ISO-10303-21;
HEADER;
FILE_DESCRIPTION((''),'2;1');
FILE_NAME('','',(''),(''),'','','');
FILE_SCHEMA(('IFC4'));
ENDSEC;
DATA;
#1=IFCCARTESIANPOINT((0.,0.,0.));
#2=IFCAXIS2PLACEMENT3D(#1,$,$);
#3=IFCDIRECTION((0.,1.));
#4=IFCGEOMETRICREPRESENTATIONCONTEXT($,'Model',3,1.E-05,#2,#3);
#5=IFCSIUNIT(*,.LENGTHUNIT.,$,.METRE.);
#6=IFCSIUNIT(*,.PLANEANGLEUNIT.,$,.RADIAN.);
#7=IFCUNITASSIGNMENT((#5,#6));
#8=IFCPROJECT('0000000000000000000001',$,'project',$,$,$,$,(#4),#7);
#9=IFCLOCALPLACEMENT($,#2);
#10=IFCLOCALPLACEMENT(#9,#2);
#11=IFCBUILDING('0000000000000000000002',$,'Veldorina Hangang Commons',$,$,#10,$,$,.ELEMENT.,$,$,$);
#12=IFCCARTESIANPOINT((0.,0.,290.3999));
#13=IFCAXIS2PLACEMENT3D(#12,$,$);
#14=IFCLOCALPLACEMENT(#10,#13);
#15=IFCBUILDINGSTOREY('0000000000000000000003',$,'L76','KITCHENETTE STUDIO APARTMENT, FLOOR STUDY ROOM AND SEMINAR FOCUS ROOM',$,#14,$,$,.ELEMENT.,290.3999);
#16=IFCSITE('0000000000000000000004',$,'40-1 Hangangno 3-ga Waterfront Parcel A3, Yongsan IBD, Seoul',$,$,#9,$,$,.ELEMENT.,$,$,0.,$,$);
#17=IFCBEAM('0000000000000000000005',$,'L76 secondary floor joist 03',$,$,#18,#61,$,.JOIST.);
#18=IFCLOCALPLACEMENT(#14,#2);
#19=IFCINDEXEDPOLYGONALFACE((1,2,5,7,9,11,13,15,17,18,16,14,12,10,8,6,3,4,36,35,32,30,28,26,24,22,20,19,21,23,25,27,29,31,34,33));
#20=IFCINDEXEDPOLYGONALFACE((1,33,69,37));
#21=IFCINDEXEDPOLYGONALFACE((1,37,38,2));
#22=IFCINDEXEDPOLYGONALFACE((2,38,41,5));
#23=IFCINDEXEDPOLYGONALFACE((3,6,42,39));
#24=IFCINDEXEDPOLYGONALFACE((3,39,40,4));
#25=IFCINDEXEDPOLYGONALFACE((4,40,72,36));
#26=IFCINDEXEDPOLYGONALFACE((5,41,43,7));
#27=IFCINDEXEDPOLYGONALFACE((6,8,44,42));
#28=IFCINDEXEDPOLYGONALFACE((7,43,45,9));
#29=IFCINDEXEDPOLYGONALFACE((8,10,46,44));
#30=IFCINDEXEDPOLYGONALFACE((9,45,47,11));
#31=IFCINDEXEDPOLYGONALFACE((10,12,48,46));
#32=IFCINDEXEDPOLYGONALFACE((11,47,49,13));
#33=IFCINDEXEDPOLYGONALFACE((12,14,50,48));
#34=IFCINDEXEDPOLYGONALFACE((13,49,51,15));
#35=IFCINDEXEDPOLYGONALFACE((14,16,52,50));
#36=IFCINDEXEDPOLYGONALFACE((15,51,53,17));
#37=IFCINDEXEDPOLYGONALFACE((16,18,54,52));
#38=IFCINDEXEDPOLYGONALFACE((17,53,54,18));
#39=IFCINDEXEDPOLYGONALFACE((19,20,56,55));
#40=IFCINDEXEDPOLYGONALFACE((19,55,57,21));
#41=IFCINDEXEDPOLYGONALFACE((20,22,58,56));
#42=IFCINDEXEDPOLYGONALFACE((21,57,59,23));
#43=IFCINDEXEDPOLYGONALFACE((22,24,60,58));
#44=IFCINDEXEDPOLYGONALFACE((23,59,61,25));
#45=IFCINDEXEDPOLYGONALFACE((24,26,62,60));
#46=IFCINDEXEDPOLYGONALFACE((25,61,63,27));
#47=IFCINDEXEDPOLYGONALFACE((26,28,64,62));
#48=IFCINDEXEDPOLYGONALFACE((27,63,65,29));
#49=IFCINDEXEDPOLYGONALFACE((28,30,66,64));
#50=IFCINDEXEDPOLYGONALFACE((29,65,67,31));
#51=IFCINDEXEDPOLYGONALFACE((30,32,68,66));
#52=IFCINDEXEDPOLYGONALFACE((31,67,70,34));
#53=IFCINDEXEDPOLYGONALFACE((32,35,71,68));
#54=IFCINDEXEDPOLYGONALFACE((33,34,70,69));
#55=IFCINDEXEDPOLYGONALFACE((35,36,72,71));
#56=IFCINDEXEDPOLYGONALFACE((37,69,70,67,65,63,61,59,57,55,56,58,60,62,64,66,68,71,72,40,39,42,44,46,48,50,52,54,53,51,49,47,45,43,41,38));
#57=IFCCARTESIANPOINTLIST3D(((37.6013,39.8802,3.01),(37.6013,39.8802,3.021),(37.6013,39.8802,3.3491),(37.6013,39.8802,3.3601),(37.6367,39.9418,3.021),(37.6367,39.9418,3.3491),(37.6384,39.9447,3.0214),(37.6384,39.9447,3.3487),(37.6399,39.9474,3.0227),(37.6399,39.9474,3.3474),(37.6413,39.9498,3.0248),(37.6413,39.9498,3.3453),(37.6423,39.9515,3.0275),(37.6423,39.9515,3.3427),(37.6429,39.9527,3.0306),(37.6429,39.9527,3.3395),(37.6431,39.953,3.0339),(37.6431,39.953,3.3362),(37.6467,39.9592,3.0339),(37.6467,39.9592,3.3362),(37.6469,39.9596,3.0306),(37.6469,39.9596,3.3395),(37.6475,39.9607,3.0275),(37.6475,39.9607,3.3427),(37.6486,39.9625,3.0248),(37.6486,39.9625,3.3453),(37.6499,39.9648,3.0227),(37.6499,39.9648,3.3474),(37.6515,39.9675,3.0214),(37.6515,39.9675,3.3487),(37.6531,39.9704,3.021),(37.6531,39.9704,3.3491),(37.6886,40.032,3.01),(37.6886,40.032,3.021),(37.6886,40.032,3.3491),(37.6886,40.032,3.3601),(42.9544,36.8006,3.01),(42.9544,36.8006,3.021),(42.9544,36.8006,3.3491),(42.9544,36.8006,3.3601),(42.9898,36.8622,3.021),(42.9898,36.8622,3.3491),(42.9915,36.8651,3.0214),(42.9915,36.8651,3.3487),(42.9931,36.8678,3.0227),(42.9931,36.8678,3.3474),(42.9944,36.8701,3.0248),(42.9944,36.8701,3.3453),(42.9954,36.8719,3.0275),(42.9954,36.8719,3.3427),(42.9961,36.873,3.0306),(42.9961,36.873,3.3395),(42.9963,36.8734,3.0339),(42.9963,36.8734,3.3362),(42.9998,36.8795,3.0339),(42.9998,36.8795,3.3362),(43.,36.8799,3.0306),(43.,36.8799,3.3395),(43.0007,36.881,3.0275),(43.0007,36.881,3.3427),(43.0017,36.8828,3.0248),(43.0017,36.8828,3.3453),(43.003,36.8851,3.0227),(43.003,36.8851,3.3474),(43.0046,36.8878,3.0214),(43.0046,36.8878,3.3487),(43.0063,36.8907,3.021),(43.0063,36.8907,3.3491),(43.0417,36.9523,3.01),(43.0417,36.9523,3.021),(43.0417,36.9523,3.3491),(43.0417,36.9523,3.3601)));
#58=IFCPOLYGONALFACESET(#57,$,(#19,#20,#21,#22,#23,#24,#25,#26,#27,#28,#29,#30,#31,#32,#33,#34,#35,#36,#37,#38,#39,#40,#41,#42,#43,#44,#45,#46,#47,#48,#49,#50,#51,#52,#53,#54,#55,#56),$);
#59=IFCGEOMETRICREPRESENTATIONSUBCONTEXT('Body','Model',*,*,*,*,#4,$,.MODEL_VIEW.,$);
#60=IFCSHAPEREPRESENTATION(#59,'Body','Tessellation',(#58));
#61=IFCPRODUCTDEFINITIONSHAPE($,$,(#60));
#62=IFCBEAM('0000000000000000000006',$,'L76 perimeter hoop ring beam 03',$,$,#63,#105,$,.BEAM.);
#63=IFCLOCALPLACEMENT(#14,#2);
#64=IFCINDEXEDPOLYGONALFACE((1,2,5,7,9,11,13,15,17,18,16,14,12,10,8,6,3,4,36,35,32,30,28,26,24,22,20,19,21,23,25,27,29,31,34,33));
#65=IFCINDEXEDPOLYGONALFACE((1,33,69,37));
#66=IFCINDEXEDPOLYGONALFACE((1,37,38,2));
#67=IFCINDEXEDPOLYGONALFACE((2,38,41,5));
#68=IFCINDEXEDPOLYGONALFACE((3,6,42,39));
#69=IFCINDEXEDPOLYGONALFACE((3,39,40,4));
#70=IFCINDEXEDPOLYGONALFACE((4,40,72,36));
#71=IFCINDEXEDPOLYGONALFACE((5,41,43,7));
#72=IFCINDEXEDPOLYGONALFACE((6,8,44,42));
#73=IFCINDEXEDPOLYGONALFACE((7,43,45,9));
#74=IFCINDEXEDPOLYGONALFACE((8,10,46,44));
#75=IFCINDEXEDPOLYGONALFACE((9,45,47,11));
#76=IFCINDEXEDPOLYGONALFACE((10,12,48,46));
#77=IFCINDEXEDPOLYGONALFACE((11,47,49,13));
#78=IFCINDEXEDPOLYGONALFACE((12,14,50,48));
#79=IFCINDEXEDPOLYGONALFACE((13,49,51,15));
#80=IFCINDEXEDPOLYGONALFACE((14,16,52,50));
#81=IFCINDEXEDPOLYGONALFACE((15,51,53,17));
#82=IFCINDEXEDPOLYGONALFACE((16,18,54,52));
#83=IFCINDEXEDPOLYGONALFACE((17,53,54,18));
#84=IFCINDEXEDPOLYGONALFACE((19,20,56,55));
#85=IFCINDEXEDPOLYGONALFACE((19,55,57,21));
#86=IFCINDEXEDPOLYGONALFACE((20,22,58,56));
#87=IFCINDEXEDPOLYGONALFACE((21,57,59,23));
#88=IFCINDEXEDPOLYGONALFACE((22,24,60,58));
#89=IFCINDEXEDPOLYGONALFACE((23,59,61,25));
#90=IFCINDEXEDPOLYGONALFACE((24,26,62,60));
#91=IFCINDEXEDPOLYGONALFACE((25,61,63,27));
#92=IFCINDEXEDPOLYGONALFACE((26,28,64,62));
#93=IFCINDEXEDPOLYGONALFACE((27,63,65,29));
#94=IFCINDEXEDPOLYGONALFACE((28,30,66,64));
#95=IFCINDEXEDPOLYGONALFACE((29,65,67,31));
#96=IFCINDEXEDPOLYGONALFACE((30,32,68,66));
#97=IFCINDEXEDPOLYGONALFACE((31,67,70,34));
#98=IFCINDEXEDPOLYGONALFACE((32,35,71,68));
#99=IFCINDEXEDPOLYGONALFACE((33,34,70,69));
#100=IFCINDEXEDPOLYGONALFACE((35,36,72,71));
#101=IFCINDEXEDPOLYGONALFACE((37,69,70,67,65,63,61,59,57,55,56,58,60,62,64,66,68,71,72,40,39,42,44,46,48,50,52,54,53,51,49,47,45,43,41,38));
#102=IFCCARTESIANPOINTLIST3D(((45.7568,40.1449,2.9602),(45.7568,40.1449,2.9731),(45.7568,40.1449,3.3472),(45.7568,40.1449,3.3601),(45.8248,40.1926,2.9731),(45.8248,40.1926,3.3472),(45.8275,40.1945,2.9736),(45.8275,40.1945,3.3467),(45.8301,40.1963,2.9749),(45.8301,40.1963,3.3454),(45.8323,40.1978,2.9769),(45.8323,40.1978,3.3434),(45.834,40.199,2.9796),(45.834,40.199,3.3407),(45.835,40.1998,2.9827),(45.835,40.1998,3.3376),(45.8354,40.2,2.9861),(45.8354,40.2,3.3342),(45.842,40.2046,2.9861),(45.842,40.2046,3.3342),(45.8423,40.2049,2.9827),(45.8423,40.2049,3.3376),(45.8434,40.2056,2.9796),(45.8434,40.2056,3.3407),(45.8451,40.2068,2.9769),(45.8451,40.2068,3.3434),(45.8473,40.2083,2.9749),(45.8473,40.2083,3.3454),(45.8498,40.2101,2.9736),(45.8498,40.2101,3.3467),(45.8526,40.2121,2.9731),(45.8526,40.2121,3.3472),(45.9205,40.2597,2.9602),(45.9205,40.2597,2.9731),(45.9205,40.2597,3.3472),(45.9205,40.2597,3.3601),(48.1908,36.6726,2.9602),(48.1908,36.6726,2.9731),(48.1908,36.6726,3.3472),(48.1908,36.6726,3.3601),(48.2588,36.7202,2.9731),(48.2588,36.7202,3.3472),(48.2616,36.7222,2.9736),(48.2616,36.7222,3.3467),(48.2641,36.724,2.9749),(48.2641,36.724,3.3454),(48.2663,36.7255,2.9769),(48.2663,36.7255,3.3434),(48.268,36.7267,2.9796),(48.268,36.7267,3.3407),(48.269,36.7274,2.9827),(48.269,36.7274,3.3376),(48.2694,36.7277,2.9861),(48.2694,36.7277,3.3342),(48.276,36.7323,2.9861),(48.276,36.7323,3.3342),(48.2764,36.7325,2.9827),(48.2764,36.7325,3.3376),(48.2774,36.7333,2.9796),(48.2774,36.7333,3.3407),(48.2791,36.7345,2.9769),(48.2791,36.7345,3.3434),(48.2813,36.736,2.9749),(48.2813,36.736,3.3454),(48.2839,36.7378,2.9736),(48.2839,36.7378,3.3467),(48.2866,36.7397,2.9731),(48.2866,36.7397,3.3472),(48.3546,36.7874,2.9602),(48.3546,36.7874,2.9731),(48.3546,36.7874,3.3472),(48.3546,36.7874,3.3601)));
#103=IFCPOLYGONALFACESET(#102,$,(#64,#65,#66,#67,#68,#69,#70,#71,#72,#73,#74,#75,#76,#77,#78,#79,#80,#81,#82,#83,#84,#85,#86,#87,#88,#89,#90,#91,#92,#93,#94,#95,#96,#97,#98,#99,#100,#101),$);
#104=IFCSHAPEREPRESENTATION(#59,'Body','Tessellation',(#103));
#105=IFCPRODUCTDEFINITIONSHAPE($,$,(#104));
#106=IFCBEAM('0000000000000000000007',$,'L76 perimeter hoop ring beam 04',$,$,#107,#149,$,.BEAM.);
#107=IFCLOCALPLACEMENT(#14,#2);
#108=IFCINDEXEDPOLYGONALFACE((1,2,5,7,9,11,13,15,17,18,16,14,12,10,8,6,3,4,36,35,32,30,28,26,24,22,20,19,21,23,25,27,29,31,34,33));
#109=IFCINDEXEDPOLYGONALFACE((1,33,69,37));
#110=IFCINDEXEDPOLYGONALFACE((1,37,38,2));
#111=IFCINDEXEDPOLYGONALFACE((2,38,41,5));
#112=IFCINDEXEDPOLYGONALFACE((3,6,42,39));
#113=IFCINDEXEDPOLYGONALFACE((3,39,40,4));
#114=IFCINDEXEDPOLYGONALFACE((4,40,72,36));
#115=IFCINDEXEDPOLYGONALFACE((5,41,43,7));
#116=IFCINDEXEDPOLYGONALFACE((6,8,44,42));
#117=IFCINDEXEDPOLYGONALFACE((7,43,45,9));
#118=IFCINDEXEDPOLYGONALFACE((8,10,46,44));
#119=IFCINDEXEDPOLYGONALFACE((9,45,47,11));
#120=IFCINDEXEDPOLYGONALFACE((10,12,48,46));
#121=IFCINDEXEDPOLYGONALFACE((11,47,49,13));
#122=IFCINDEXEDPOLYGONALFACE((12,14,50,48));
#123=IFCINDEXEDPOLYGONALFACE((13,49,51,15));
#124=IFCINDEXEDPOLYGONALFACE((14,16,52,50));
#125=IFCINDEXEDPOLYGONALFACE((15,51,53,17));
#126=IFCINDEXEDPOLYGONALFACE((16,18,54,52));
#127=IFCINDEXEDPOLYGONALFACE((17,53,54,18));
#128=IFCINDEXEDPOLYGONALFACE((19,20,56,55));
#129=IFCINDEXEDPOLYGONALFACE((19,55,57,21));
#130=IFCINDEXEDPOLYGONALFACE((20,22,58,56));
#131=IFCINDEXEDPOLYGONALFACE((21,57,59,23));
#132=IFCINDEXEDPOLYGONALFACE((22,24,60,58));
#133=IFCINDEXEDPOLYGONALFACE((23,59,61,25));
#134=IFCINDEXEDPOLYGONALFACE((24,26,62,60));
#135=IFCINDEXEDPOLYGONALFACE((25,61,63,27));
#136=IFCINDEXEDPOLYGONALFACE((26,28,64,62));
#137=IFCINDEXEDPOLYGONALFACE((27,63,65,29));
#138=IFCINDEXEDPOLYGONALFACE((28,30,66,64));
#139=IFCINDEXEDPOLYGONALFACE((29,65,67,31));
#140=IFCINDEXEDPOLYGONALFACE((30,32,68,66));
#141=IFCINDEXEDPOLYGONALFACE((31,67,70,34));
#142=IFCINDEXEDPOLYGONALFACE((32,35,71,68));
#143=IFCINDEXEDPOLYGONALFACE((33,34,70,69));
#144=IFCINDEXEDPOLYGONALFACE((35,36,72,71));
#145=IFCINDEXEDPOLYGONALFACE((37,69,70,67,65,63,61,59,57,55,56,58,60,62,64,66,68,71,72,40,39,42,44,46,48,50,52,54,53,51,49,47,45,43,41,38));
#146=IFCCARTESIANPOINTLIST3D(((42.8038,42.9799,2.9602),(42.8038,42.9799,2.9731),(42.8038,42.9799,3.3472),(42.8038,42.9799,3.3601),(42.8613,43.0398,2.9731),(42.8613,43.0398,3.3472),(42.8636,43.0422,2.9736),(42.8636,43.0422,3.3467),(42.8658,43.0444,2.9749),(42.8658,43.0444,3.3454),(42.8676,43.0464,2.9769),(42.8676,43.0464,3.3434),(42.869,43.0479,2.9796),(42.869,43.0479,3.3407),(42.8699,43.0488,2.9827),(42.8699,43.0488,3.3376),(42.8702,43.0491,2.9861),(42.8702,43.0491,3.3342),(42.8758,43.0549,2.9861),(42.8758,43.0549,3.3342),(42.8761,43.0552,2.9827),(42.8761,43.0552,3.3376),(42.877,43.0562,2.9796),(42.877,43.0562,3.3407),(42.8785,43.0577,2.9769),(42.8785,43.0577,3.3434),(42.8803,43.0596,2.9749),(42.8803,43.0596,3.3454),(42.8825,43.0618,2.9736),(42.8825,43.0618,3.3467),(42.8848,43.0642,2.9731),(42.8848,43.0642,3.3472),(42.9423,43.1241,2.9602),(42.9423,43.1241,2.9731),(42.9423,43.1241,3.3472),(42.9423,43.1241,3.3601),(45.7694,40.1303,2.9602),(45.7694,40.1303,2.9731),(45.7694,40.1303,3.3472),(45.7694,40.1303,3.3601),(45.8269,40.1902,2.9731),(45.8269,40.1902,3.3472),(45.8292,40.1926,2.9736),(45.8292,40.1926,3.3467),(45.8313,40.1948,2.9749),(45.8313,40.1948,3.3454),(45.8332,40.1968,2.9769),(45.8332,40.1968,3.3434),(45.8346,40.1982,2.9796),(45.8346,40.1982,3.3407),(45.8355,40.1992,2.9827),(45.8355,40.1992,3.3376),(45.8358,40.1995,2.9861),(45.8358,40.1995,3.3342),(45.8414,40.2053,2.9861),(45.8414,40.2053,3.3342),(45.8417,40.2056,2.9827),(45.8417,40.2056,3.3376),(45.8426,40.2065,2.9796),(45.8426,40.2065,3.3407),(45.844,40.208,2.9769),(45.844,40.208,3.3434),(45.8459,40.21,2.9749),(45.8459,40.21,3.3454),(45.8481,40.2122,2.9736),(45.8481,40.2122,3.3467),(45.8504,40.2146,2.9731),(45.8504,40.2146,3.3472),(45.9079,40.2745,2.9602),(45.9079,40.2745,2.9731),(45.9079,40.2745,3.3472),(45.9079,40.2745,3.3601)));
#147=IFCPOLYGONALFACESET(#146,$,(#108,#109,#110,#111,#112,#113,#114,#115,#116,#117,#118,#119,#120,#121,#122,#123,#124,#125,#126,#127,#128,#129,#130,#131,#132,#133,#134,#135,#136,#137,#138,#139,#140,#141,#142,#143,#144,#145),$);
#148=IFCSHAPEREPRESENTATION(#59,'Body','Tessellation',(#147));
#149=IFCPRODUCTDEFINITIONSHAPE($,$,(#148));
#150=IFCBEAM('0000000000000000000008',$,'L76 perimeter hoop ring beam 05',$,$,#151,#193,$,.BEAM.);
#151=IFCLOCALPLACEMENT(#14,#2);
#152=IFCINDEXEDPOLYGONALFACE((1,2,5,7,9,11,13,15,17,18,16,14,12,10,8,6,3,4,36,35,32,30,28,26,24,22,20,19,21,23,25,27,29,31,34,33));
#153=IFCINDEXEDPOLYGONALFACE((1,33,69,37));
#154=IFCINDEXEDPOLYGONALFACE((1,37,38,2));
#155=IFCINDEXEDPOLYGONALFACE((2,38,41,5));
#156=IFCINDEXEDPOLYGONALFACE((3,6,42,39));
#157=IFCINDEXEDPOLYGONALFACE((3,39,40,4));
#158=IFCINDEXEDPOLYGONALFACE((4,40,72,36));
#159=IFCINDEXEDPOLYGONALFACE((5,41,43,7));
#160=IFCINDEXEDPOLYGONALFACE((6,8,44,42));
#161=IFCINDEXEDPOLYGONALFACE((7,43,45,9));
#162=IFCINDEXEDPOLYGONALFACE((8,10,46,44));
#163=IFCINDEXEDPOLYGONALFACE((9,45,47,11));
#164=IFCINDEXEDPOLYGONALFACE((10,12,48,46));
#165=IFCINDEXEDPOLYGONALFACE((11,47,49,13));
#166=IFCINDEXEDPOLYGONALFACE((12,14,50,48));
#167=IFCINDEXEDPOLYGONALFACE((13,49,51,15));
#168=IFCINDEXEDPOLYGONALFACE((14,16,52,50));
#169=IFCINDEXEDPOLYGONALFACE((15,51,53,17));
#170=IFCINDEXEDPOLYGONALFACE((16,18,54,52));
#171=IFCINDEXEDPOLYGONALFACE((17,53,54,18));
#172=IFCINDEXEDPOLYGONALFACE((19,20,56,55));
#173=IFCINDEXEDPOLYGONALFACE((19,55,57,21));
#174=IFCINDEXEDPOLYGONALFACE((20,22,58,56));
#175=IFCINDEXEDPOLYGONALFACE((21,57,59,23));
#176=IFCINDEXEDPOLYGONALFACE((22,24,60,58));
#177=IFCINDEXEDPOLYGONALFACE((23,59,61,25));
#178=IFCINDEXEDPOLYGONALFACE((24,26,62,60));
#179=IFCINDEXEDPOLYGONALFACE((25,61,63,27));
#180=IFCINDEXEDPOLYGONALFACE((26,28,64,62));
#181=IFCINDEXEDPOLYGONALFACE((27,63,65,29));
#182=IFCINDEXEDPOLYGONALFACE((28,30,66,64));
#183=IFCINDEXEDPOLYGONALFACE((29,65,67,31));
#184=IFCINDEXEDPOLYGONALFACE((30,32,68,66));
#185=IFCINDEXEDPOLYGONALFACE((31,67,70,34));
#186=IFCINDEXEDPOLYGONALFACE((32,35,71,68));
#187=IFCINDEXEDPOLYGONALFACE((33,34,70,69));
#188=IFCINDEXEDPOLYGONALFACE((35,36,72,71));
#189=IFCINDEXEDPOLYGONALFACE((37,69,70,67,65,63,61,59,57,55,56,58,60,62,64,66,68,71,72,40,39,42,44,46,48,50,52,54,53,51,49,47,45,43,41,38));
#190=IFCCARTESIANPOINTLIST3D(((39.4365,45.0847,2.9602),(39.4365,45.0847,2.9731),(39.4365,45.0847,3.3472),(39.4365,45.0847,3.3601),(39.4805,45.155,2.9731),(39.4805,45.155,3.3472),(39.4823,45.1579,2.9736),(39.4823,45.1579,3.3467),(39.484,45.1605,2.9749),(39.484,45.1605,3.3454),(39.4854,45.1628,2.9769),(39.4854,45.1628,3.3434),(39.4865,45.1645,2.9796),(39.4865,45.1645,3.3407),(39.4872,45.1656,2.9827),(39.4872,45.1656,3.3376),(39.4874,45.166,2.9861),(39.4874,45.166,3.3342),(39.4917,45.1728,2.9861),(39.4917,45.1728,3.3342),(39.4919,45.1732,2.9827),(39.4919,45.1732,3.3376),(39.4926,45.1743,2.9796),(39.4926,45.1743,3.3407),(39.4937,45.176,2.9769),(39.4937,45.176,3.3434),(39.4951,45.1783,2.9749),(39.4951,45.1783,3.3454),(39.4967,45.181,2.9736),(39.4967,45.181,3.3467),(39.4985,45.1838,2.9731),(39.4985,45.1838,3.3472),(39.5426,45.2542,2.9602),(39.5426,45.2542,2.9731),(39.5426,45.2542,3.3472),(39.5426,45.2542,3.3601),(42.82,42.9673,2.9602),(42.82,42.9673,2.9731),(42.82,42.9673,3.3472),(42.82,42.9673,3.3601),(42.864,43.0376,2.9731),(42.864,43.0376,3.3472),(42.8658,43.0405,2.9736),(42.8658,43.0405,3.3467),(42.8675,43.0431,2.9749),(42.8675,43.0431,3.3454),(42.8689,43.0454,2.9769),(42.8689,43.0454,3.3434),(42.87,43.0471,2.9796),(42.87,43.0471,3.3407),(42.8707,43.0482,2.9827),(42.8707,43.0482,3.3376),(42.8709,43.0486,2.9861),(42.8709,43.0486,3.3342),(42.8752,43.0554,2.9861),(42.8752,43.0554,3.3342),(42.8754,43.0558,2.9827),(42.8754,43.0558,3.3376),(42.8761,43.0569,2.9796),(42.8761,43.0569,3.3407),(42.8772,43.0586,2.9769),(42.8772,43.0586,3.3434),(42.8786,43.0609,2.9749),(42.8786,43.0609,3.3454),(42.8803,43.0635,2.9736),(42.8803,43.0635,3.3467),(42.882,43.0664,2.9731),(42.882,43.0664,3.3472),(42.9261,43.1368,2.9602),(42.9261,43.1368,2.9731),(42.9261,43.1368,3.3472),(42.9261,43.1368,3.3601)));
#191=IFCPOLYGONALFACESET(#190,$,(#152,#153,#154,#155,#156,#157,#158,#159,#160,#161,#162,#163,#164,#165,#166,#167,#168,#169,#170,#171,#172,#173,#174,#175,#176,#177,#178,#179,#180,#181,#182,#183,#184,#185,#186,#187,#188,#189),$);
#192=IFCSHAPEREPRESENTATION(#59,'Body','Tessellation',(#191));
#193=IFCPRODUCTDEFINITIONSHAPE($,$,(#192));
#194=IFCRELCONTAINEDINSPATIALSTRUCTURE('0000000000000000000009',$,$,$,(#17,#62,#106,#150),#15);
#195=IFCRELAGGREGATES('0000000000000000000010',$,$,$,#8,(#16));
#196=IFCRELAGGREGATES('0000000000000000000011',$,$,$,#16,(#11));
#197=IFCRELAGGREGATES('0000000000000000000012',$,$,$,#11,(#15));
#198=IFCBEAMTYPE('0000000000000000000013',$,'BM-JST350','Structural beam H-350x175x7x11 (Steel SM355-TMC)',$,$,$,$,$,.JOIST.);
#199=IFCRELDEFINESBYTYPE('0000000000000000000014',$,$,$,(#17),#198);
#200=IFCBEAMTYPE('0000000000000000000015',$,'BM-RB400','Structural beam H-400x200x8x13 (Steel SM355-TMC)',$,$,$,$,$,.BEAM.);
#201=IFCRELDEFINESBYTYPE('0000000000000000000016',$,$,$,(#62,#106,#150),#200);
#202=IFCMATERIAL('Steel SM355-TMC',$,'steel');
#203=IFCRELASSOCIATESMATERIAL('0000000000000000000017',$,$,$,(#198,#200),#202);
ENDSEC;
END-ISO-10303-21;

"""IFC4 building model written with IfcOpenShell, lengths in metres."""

from ifc_helpers import new_model, si_unit, direction, frame, origin, origin_2d, place, context, subcontext, project, spatial, i_section, extrude, material, material_profile, profile_set, type_object, element, save


model = new_model("IFC4")

# Units and contexts
model_context = context("Model", 3, precision=1e-05, world=origin(), true_north=direction((0.0, 1.0)))
body_context = subcontext(model_context, "Body", "Model", "MODEL_VIEW")
ifc_project = project(units=[si_unit("LENGTHUNIT", "METRE"), si_unit("PLANEANGLEUNIT", "RADIAN")], contexts=[model_context])

# Site, building, storey
site_placement = place(None, origin())
site = spatial("IfcSite", under=ifc_project, at=site_placement, Name="40-1 Hangangno 3-ga Waterfront Parcel A3, Yongsan IBD, Seoul", CompositionType="ELEMENT", RefElevation=0.0)
building_placement = place(site_placement, origin())
building = spatial("IfcBuilding", under=site, at=building_placement, Name="Veldorina Hangang Commons", CompositionType="ELEMENT")
storey_placement = place(building_placement, frame((0.0, 0.0, 290.3999)))
storey = spatial("IfcBuildingStorey", under=building, at=storey_placement, Name="L76", Description="KITCHENETTE STUDIO APARTMENT, FLOOR STUDY ROOM AND SEMINAR FOCUS ROOM", CompositionType="ELEMENT", Elevation=290.3999)

# Beams
ifc_material_1 = material(Name="Steel SM355-TMC", Category="steel")
ifc_material_profile_1 = material_profile(ifc_material_1, i_section(OverallWidth=0.175, OverallDepth=0.3501, WebThickness=0.0071, FlangeThickness=0.011, FilletRadius=0.0129, at=origin_2d()), Name="H-350x175x7x11")
ifc_profile_set_1 = profile_set([ifc_material_profile_1], Name="Steel SM355-TMC")
beam_type_1 = type_object("IfcBeamType", Name="BM-JST350", Description="Structural beam H-350x175x7x11 (Steel SM355-TMC)", PredefinedType="JOIST", material=ifc_profile_set_1)
beam_1_placement = place(storey_placement, frame((42.998, 36.8765, 3.1851), z_axis=(-0.866794, 0.498666, 0.0), x_axis=(-0.498666, -0.866794, 0.0)))
element("IfcBeam", 1, at=beam_1_placement, inside=storey, type_object=beam_type_1, Name="L76 secondary floor joist 03", PredefinedType="JOIST", context=body_context, shape_type="SweptSolid", body=[
    extrude(i_section(OverallWidth=0.175, OverallDepth=0.3501, WebThickness=0.0071, FlangeThickness=0.011, FilletRadius=0.0129, at=origin_2d()), origin(), (0.0, 0.0, 1.0), 6.1758),
])
ifc_material_profile_2 = material_profile(ifc_material_1, i_section(OverallWidth=0.2, OverallDepth=0.3999, WebThickness=0.0081, FlangeThickness=0.0129, FilletRadius=0.0129, at=origin_2d()), Name="H-400x200x8x13")
ifc_profile_set_2 = profile_set([ifc_material_profile_2], Name="Steel SM355-TMC")
beam_type_2 = type_object("IfcBeamType", Name="BM-RB400", Description="Structural beam H-400x200x8x13 (Steel SM355-TMC)", PredefinedType="BEAM", material=ifc_profile_set_2)
beam_2_placement = place(storey_placement, frame((48.2727, 36.73, 3.1602), z_axis=(-0.573999, 0.818856, 0.0), x_axis=(-0.818856, -0.573999, 0.0)))
element("IfcBeam", 2, at=beam_2_placement, inside=storey, type_object=beam_type_2, Name="L76 perimeter hoop ring beam 03", PredefinedType="BEAM", context=body_context, shape_type="SweptSolid", body=[
    extrude(i_section(OverallWidth=0.2, OverallDepth=0.3999, WebThickness=0.0081, FlangeThickness=0.0129, FilletRadius=0.0129, at=origin_2d()), origin(), (0.0, 0.0, 1.0), 4.2405),
])
beam_3_placement = place(storey_placement, frame((45.8386, 40.2024, 3.1602), z_axis=(-0.721065, 0.692868, 0.0), x_axis=(-0.692868, -0.721065, 0.0)))
element("IfcBeam", 3, at=beam_3_placement, inside=storey, type_object=beam_type_2, Name="L76 perimeter hoop ring beam 04", PredefinedType="BEAM", context=body_context, shape_type="SweptSolid", body=[
    extrude(i_section(OverallWidth=0.2, OverallDepth=0.3999, WebThickness=0.0081, FlangeThickness=0.0129, FilletRadius=0.0129, at=origin_2d()), origin(), (0.0, 0.0, 1.0), 4.1128),
])
beam_4_placement = place(storey_placement, frame((42.873, 43.052, 3.1602), z_axis=(-0.847692, 0.530488, 0.0), x_axis=(-0.530488, -0.847692, 0.0)))
element("IfcBeam", 4, at=beam_4_placement, inside=storey, type_object=beam_type_2, Name="L76 perimeter hoop ring beam 05", PredefinedType="BEAM", context=body_context, shape_type="SweptSolid", body=[
    extrude(i_section(OverallWidth=0.2, OverallDepth=0.3999, WebThickness=0.0081, FlangeThickness=0.0129, FilletRadius=0.0129, at=origin_2d()), origin(), (0.0, 0.0, 1.0), 3.9915),
])

save(model, "model.ifc")
